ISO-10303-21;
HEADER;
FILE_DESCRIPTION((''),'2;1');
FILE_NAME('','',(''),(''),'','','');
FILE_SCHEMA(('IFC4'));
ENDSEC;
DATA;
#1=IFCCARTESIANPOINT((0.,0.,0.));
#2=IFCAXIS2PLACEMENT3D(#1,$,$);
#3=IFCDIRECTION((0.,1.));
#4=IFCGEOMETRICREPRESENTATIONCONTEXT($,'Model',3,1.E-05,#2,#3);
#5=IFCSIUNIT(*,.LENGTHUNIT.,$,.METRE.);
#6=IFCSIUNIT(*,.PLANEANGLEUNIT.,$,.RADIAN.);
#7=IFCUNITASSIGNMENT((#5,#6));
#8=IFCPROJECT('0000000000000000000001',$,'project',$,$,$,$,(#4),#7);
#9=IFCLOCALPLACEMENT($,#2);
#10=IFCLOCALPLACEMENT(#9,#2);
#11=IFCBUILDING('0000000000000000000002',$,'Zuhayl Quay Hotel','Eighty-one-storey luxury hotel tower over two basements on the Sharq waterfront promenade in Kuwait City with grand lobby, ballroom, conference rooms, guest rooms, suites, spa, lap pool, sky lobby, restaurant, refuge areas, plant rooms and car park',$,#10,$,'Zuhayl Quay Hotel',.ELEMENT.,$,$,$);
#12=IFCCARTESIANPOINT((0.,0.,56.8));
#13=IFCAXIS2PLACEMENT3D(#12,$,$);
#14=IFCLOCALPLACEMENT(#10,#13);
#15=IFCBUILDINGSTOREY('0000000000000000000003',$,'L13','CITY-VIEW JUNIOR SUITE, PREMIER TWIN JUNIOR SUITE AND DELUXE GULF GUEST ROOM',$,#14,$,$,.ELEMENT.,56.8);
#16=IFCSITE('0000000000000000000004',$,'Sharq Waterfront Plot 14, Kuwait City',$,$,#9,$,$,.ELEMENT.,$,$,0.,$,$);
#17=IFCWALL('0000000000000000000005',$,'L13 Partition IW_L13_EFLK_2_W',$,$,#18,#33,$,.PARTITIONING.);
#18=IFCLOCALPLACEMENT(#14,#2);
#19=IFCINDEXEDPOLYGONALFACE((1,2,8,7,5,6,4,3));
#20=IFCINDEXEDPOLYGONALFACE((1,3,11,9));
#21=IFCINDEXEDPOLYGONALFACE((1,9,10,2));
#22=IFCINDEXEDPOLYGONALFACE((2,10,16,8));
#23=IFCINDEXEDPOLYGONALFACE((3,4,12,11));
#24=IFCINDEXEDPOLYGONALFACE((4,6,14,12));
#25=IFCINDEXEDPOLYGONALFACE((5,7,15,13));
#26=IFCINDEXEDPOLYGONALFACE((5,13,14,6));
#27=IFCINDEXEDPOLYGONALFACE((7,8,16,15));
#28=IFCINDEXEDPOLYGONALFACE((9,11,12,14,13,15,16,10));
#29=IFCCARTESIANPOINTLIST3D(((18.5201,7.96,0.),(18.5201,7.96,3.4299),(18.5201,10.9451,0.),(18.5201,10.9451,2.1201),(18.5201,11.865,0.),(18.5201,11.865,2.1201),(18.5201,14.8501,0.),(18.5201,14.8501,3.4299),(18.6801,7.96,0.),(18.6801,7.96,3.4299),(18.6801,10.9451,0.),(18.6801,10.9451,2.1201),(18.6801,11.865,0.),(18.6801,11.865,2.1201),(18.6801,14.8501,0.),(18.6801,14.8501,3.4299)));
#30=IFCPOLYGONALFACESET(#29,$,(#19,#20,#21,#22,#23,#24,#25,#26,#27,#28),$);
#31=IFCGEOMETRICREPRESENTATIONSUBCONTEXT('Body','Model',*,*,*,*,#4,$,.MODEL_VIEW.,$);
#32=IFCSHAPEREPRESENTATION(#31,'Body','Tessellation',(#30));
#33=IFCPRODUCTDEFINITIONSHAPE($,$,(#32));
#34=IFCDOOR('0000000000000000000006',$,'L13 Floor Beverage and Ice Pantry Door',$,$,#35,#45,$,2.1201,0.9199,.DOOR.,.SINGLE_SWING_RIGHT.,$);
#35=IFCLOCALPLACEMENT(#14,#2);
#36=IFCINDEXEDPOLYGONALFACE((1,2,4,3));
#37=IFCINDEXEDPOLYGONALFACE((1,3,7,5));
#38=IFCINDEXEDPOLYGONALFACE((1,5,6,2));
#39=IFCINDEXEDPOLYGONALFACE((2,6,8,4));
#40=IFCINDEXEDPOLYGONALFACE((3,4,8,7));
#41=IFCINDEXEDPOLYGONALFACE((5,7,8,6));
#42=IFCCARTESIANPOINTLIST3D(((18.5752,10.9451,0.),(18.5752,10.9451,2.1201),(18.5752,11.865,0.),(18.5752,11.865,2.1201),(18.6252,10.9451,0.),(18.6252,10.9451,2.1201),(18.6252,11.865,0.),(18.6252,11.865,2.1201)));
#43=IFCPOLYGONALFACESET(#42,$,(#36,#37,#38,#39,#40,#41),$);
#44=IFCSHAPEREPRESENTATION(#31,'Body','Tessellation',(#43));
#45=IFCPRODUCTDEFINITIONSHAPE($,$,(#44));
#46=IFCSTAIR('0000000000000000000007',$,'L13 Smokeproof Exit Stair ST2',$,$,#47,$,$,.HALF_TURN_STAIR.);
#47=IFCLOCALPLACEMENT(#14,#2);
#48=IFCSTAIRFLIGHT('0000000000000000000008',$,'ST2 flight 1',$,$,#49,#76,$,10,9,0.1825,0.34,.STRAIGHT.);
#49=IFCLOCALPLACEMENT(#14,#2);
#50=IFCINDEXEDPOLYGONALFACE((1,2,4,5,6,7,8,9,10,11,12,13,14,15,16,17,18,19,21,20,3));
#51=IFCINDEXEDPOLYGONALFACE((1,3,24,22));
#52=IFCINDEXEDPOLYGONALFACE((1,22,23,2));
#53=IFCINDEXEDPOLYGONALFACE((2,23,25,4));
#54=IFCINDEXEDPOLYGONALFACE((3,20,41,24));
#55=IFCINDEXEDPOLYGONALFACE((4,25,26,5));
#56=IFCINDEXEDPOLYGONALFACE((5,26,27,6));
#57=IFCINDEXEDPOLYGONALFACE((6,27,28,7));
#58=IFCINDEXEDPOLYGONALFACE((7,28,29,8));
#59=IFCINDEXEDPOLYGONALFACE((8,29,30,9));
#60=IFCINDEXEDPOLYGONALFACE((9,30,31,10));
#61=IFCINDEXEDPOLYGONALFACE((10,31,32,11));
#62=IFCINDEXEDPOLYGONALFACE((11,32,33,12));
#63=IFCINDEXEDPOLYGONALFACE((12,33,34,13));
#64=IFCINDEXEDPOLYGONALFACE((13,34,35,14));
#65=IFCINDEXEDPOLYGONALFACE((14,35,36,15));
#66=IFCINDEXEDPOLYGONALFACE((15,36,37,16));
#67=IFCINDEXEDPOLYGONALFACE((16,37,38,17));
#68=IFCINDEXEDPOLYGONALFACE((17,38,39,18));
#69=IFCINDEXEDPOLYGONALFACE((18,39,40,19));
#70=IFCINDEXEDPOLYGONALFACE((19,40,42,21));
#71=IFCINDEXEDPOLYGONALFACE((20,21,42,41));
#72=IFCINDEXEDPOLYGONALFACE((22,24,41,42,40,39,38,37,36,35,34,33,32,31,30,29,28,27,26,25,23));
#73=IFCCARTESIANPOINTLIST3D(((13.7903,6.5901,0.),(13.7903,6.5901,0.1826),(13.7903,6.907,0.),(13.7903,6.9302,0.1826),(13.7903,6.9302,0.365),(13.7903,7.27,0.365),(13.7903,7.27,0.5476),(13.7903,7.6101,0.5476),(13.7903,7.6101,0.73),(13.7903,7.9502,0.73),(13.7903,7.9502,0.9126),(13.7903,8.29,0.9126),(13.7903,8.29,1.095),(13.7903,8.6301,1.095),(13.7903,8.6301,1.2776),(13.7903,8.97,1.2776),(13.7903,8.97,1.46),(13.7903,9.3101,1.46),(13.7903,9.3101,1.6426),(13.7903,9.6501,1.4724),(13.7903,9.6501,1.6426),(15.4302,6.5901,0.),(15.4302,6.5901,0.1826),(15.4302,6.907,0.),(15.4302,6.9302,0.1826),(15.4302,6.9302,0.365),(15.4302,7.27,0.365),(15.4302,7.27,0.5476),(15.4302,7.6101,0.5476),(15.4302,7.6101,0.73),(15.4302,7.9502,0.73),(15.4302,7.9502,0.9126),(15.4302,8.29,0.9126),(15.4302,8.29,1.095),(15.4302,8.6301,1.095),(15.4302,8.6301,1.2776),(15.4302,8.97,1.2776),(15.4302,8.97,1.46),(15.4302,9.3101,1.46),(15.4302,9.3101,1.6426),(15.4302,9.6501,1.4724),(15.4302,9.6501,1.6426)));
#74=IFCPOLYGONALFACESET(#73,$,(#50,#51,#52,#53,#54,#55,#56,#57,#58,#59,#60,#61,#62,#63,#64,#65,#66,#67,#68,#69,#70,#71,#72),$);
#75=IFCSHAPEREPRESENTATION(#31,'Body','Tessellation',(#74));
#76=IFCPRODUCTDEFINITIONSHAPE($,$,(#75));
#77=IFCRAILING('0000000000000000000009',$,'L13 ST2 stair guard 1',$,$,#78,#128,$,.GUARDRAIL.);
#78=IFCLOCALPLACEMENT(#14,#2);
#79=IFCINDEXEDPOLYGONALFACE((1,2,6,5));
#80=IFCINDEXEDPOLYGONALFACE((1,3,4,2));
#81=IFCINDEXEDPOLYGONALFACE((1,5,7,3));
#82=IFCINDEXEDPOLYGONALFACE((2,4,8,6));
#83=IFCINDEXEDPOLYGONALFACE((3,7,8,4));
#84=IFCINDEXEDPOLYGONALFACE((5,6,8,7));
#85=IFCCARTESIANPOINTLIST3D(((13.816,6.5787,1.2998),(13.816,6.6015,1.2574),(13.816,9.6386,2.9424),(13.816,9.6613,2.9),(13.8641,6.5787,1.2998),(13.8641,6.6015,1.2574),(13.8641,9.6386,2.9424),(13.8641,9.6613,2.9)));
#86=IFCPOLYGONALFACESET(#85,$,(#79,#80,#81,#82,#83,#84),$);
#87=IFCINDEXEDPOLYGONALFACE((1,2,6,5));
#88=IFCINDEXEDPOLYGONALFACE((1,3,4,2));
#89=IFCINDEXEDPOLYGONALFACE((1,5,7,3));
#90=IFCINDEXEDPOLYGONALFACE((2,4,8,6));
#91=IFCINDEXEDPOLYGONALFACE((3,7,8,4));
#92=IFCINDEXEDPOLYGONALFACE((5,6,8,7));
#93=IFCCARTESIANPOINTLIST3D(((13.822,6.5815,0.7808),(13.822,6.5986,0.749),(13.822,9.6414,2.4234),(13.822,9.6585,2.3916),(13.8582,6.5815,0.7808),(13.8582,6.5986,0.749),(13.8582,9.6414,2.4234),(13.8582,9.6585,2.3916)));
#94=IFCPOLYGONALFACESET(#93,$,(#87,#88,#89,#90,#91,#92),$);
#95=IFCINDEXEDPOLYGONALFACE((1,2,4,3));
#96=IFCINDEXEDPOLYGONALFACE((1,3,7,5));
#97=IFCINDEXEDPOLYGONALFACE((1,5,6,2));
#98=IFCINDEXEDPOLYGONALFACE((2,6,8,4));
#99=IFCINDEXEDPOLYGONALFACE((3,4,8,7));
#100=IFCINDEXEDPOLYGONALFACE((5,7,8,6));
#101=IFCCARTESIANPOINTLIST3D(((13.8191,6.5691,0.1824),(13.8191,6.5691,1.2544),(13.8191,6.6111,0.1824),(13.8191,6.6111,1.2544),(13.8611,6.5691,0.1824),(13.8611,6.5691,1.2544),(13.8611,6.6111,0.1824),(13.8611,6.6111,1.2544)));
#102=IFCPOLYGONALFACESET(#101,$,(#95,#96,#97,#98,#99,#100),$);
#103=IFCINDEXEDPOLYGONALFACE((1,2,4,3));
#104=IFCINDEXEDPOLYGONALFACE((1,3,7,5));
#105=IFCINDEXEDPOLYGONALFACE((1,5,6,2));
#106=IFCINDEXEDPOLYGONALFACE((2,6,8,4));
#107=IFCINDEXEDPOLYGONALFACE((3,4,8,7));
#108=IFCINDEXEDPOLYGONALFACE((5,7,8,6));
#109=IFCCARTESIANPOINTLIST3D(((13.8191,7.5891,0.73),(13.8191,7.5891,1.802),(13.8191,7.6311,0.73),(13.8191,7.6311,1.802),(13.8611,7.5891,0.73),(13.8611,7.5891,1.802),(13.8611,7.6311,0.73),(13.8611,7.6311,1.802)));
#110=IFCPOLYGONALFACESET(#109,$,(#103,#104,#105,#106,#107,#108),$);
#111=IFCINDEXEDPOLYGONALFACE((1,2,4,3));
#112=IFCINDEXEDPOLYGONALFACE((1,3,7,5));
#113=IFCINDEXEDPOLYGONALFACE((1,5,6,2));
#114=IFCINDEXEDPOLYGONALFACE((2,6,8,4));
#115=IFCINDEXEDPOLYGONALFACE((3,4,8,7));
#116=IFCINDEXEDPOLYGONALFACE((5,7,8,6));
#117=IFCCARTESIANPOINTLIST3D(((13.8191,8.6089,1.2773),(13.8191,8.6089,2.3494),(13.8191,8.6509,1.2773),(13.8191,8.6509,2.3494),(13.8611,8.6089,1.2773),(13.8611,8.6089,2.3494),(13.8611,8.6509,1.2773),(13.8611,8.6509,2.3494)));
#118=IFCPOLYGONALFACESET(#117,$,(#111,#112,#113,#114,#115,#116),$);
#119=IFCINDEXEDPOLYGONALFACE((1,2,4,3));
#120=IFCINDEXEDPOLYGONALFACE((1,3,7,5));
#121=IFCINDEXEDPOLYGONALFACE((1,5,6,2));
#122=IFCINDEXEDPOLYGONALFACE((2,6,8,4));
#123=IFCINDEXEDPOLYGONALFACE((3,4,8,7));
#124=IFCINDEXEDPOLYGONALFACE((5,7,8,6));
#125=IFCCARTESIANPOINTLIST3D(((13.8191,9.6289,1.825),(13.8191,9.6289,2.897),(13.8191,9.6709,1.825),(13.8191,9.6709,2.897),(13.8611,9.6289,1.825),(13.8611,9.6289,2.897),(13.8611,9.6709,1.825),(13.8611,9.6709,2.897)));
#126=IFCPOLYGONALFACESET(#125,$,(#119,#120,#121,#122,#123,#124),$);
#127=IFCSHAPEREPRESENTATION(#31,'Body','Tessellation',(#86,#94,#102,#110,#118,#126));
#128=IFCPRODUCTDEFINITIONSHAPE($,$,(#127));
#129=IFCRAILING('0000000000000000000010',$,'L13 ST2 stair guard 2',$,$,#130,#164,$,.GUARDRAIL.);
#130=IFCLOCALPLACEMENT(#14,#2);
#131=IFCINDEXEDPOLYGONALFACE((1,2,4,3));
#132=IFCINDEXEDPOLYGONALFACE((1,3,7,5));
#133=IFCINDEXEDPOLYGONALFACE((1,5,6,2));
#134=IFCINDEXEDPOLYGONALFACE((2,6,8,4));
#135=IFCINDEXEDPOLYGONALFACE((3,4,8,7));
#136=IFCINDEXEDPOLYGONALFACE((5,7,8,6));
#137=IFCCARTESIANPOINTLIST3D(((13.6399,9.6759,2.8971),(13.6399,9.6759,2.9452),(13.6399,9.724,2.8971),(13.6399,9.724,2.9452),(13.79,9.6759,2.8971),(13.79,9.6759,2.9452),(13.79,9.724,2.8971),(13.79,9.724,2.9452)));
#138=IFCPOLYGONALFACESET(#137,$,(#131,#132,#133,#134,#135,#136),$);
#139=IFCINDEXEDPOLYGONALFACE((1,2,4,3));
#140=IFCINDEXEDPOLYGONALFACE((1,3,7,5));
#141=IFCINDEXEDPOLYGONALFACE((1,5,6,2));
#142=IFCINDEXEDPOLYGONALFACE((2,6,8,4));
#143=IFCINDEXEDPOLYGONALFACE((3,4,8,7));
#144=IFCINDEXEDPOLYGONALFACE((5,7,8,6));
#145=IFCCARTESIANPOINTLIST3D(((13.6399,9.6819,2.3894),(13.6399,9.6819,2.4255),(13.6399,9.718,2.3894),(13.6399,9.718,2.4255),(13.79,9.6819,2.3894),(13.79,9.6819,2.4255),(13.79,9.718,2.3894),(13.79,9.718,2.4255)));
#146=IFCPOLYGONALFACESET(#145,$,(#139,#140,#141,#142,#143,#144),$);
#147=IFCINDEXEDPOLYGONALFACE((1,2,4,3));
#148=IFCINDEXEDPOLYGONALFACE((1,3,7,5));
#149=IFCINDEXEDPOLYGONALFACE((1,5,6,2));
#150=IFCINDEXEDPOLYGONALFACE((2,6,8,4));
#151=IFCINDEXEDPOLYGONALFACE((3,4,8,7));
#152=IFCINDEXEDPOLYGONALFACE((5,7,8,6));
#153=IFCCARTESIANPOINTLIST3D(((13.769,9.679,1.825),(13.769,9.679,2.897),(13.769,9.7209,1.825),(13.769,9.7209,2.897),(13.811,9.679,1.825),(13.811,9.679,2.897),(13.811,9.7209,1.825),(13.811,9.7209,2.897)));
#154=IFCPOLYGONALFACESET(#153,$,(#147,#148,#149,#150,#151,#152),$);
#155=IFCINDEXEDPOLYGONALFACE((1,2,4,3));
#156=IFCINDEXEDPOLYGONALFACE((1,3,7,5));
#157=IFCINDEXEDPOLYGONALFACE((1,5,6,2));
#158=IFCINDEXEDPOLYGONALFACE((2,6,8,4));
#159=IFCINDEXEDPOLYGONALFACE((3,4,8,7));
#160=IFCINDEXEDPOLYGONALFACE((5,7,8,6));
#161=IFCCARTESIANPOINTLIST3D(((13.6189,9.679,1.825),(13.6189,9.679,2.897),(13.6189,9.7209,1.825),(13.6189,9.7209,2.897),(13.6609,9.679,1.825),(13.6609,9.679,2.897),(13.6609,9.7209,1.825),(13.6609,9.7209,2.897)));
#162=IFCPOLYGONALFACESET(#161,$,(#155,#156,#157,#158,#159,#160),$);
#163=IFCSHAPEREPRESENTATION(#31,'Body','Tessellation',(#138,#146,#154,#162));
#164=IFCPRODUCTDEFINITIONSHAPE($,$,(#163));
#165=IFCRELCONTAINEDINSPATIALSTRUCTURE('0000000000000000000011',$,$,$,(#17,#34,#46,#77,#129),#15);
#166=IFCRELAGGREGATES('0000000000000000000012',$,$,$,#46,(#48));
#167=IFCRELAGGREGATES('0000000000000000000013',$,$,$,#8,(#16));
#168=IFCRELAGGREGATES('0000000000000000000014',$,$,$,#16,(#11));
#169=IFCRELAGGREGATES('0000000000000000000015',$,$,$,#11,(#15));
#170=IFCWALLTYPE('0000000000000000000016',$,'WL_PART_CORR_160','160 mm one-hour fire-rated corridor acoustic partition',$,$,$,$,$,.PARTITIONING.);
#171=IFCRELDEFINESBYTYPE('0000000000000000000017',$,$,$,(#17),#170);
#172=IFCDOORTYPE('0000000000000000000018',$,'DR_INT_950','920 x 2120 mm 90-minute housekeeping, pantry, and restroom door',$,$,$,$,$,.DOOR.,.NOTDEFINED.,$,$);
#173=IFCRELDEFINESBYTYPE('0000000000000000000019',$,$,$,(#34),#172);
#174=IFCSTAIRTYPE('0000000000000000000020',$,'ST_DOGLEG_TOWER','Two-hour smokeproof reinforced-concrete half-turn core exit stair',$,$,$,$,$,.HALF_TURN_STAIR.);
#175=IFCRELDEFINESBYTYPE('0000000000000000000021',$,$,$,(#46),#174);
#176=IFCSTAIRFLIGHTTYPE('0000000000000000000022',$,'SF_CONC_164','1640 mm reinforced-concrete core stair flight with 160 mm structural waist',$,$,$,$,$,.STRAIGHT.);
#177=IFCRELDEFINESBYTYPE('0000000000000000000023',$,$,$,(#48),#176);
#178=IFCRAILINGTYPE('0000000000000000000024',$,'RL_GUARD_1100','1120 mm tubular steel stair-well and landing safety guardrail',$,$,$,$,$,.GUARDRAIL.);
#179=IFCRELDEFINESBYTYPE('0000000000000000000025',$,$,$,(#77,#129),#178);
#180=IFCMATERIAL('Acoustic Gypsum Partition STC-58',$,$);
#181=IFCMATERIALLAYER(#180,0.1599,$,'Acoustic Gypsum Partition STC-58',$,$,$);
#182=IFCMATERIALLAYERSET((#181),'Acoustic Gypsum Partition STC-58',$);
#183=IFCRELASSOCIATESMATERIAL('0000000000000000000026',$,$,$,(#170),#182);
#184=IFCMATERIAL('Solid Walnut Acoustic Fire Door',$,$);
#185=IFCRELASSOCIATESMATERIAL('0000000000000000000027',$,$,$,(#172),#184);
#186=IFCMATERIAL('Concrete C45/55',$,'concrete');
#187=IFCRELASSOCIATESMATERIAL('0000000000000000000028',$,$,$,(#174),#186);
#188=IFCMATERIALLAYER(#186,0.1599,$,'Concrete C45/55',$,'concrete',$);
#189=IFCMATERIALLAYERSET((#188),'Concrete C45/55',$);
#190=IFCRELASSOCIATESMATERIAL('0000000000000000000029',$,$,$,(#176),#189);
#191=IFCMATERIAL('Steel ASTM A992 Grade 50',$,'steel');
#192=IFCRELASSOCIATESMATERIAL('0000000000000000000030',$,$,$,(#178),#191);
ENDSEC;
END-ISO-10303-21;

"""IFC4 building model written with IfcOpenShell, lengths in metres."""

from ifc_helpers import new_model, si_unit, direction, frame, frame_2d, origin, origin_2d, place, context, subcontext, project, spatial, polyline, rectangle, outline, extrude, material, layer, layer_set, type_object, element, fill, aggregate, save


model = new_model("IFC4")

# Units and contexts
model_context = context("Model", 3, precision=1e-05, world=origin(), true_north=direction((0.0, 1.0)))
body_context = subcontext(model_context, "Body", "Model", "MODEL_VIEW")
ifc_project = project(units=[si_unit("LENGTHUNIT", "METRE"), si_unit("PLANEANGLEUNIT", "RADIAN")], contexts=[model_context])

# Site, building, storey
site_placement = place(None, origin())
site = spatial("IfcSite", under=ifc_project, at=site_placement, Name="Sharq Waterfront Plot 14, Kuwait City", CompositionType="ELEMENT", RefElevation=0.0)
building_placement = place(site_placement, origin())
building = spatial("IfcBuilding", under=site, at=building_placement, Name="Zuhayl Quay Hotel", Description="Eighty-one-storey luxury hotel tower over two basements on the Sharq waterfront promenade in Kuwait City with grand lobby, ballroom, conference rooms, guest rooms, suites, spa, lap pool, sky lobby, restaurant, refuge areas, plant rooms and car park", LongName="Zuhayl Quay Hotel", CompositionType="ELEMENT")
storey_placement = place(building_placement, frame((0.0, 0.0, 56.8)))
storey = spatial("IfcBuildingStorey", under=building, at=storey_placement, Name="L13", Description="CITY-VIEW JUNIOR SUITE, PREMIER TWIN JUNIOR SUITE AND DELUXE GULF GUEST ROOM", CompositionType="ELEMENT", Elevation=56.8)

# Shared definitions
ifc_material_1 = material(Name="Steel ASTM A992 Grade 50", Category="steel")

# Shared definitions
ifc_material_2 = material(Name="Acoustic Gypsum Partition STC-58")

# Wall, opening, door
ifc_layer_1 = layer(ifc_material_2, 0.1599, Name="Acoustic Gypsum Partition STC-58")
ifc_layer_set_1 = layer_set([ifc_layer_1], Name="Acoustic Gypsum Partition STC-58")
wall_type_1 = type_object("IfcWallType", Name="WL_PART_CORR_160", Description="160 mm one-hour fire-rated corridor acoustic partition", PredefinedType="PARTITIONING", material=ifc_layer_set_1)
ifc_material_3 = material(Name="Solid Walnut Acoustic Fire Door")
wall_1_placement = place(storey_placement, frame((18.6001, 7.96, 0.0), z_axis=(0.0, 0.0, 1.0), x_axis=(0.0, 1.0, 0.0)))
wall_1 = element("IfcWall", 1, at=wall_1_placement, inside=storey, type_object=wall_type_1, Name="L13 Partition IW_L13_EFLK_2_W", PredefinedType="PARTITIONING", context=body_context, shape_type="SweptSolid", body=[
    extrude(rectangle(XDim=6.8901, YDim=0.1599, at=frame_2d((3.4451, 0.0))), origin(), (0.0, 0.0, 1.0), 3.4299),
])
opening_1_placement = place(wall_1_placement, frame((2.9851, 0.0, 0.0)))
opening_1 = element("IfcOpeningElement", 2, at=opening_1_placement, cuts=wall_1, PredefinedType="OPENING", context=body_context, shape_type="SweptSolid", body=[
    extrude(rectangle(XDim=0.9199, YDim=2.1201, at=frame_2d((0.46, 1.0601))), frame((0.0, 0.0898, 0.0), z_axis=(0.0, -1.0, 0.0), x_axis=(1.0, 0.0, 0.0)), (0.0, 0.0, 1.0), 0.1799),
])
door_type_1 = type_object("IfcDoorType", Name="DR_INT_950", Description="920 x 2120 mm 90-minute housekeeping, pantry, and restroom door", OperationType="NOTDEFINED", PredefinedType="DOOR", material=ifc_material_3)
door_1_placement = place(opening_1_placement, origin())
door_1 = element("IfcDoor", 3, at=door_1_placement, inside=storey, type_object=door_type_1, Name="L13 Floor Beverage and Ice Pantry Door", OperationType="SINGLE_SWING_RIGHT", OverallHeight=2.1201, OverallWidth=0.9199, PredefinedType="DOOR", context=body_context, shape_type="SweptSolid", body=[
    extrude(rectangle(XDim=0.9199, YDim=2.1201, at=frame_2d((0.46, 1.0601))), frame((0.0, 0.0249, 0.0), z_axis=(0.0, -1.0, 0.0), x_axis=(1.0, 0.0, 0.0)), (0.0, 0.0, 1.0), 0.05),
])
fill(opening_1, door_1)

# Stair, stair flight
ifc_material_4 = material(Name="Concrete C45/55", Category="concrete")
stair_type = type_object("IfcStairType", Name="ST_DOGLEG_TOWER", Description="Two-hour smokeproof reinforced-concrete half-turn core exit stair", PredefinedType="HALF_TURN_STAIR", material=ifc_material_4)
stair_placement = place(storey_placement, origin())
stair = element("IfcStair", 4, at=stair_placement, inside=storey, type_object=stair_type, Name="L13 Smokeproof Exit Stair ST2", PredefinedType="HALF_TURN_STAIR")
ifc_layer_2 = layer(ifc_material_4, 0.1599, Name="Concrete C45/55", Category="concrete")
ifc_layer_set_2 = layer_set([ifc_layer_2], Name="Concrete C45/55")
stair_flight_type = type_object("IfcStairFlightType", Name="SF_CONC_164", Description="1640 mm reinforced-concrete core stair flight with 160 mm structural waist", PredefinedType="STRAIGHT", material=ifc_layer_set_2)
stair_flight_placement = place(storey_placement, frame((14.6101, 6.5901, 0.0), z_axis=(0.0, 0.0, 1.0), x_axis=(0.0, 1.0, 0.0)))
stair_flight = element("IfcStairFlight", 5, at=stair_flight_placement, type_object=stair_flight_type, Name="ST2 flight 1", NumberOfRisers=10, NumberOfTreads=9, PredefinedType="STRAIGHT", RiserHeight=0.1825, TreadLength=0.34, context=body_context, shape_type="SweptSolid", body=[
    extrude(outline(polyline([(0.0, 0.0), (0.0, 0.1826), (0.3401, 0.1826), (0.3401, 0.365), (0.6799, 0.365), (0.6799, 0.5476), (1.02, 0.5476), (1.02, 0.73), (1.3601, 0.73), (1.3601, 0.9126), (1.7, 0.9126), (1.7, 1.095), (2.04, 1.095), (2.04, 1.2776), (2.3799, 1.2776), (2.3799, 1.46), (2.72, 1.46), (2.72, 1.6426), (3.0601, 1.6426), (3.0601, 1.825), (3.0601, 1.4724), (0.3169, 0.0), (0.0, 0.0)])), frame((0.0, 0.8198, 0.0), z_axis=(0.0, -1.0, 0.0), x_axis=(1.0, 0.0, 0.0)), (0.0, 0.0, 1.0), 1.6399),
])
aggregate(stair, [stair_flight])

# Railings
railing_type_1 = type_object("IfcRailingType", Name="RL_GUARD_1100", Description="1120 mm tubular steel stair-well and landing safety guardrail", PredefinedType="GUARDRAIL", material=ifc_material_1)
railing_1_placement = place(storey_placement, frame((13.8401, 6.5901, 0.1824)))
element("IfcRailing", 6, at=railing_1_placement, inside=storey, type_object=railing_type_1, Name="L13 ST2 stair guard 1", PredefinedType="GUARDRAIL", context=body_context, shape_type="SweptSolid", body=[
    extrude(rectangle(XDim=0.0481, YDim=0.0481, at=origin_2d()), frame((0.0, 0.0, 1.0962), z_axis=(0.0, 0.881073, 0.47298), x_axis=(-1.0, 0.0, 0.0)), (0.0, 0.0, 1.0), 3.4729),
    extrude(rectangle(XDim=0.0361, YDim=0.0361, at=origin_2d()), frame((0.0, 0.0, 0.5825), z_axis=(0.0, 0.881073, 0.47298), x_axis=(-1.0, 0.0, 0.0)), (0.0, 0.0, 1.0), 3.4729),
    extrude(rectangle(XDim=0.042, YDim=0.042, at=origin_2d()), origin(), (0.0, 0.0, 1.0), 1.072),
    extrude(rectangle(XDim=0.042, YDim=0.042, at=origin_2d()), frame((0.0, 1.02, 0.5476)), (0.0, 0.0, 1.0), 1.072),
    extrude(rectangle(XDim=0.042, YDim=0.042, at=origin_2d()), frame((0.0, 2.0398, 1.095)), (0.0, 0.0, 1.0), 1.072),
    extrude(rectangle(XDim=0.042, YDim=0.042, at=origin_2d()), frame((0.0, 3.0598, 1.6426)), (0.0, 0.0, 1.0), 1.072),
])
railing_2_placement = place(storey_placement, frame((13.79, 9.7, 1.825)))
element("IfcRailing", 7, at=railing_2_placement, inside=storey, type_object=railing_type_1, Name="L13 ST2 stair guard 2", PredefinedType="GUARDRAIL", context=body_context, shape_type="SweptSolid", body=[
    extrude(rectangle(XDim=0.0481, YDim=0.0481, at=origin_2d()), frame((0.0, 0.0, 1.0962), z_axis=(-1.0, 0.0, 0.0), x_axis=(0.0, -1.0, 0.0)), (0.0, 0.0, 1.0), 0.1501),
    extrude(rectangle(XDim=0.0361, YDim=0.0361, at=origin_2d()), frame((0.0, 0.0, 0.5825), z_axis=(-1.0, 0.0, 0.0), x_axis=(0.0, -1.0, 0.0)), (0.0, 0.0, 1.0), 0.1501),
    extrude(rectangle(XDim=0.042, YDim=0.042, at=origin_2d()), origin(), (0.0, 0.0, 1.0), 1.072),
    extrude(rectangle(XDim=0.042, YDim=0.042, at=origin_2d()), frame((-0.1501, 0.0, 0.0)), (0.0, 0.0, 1.0), 1.072),
])

save(model, "model.ifc")
